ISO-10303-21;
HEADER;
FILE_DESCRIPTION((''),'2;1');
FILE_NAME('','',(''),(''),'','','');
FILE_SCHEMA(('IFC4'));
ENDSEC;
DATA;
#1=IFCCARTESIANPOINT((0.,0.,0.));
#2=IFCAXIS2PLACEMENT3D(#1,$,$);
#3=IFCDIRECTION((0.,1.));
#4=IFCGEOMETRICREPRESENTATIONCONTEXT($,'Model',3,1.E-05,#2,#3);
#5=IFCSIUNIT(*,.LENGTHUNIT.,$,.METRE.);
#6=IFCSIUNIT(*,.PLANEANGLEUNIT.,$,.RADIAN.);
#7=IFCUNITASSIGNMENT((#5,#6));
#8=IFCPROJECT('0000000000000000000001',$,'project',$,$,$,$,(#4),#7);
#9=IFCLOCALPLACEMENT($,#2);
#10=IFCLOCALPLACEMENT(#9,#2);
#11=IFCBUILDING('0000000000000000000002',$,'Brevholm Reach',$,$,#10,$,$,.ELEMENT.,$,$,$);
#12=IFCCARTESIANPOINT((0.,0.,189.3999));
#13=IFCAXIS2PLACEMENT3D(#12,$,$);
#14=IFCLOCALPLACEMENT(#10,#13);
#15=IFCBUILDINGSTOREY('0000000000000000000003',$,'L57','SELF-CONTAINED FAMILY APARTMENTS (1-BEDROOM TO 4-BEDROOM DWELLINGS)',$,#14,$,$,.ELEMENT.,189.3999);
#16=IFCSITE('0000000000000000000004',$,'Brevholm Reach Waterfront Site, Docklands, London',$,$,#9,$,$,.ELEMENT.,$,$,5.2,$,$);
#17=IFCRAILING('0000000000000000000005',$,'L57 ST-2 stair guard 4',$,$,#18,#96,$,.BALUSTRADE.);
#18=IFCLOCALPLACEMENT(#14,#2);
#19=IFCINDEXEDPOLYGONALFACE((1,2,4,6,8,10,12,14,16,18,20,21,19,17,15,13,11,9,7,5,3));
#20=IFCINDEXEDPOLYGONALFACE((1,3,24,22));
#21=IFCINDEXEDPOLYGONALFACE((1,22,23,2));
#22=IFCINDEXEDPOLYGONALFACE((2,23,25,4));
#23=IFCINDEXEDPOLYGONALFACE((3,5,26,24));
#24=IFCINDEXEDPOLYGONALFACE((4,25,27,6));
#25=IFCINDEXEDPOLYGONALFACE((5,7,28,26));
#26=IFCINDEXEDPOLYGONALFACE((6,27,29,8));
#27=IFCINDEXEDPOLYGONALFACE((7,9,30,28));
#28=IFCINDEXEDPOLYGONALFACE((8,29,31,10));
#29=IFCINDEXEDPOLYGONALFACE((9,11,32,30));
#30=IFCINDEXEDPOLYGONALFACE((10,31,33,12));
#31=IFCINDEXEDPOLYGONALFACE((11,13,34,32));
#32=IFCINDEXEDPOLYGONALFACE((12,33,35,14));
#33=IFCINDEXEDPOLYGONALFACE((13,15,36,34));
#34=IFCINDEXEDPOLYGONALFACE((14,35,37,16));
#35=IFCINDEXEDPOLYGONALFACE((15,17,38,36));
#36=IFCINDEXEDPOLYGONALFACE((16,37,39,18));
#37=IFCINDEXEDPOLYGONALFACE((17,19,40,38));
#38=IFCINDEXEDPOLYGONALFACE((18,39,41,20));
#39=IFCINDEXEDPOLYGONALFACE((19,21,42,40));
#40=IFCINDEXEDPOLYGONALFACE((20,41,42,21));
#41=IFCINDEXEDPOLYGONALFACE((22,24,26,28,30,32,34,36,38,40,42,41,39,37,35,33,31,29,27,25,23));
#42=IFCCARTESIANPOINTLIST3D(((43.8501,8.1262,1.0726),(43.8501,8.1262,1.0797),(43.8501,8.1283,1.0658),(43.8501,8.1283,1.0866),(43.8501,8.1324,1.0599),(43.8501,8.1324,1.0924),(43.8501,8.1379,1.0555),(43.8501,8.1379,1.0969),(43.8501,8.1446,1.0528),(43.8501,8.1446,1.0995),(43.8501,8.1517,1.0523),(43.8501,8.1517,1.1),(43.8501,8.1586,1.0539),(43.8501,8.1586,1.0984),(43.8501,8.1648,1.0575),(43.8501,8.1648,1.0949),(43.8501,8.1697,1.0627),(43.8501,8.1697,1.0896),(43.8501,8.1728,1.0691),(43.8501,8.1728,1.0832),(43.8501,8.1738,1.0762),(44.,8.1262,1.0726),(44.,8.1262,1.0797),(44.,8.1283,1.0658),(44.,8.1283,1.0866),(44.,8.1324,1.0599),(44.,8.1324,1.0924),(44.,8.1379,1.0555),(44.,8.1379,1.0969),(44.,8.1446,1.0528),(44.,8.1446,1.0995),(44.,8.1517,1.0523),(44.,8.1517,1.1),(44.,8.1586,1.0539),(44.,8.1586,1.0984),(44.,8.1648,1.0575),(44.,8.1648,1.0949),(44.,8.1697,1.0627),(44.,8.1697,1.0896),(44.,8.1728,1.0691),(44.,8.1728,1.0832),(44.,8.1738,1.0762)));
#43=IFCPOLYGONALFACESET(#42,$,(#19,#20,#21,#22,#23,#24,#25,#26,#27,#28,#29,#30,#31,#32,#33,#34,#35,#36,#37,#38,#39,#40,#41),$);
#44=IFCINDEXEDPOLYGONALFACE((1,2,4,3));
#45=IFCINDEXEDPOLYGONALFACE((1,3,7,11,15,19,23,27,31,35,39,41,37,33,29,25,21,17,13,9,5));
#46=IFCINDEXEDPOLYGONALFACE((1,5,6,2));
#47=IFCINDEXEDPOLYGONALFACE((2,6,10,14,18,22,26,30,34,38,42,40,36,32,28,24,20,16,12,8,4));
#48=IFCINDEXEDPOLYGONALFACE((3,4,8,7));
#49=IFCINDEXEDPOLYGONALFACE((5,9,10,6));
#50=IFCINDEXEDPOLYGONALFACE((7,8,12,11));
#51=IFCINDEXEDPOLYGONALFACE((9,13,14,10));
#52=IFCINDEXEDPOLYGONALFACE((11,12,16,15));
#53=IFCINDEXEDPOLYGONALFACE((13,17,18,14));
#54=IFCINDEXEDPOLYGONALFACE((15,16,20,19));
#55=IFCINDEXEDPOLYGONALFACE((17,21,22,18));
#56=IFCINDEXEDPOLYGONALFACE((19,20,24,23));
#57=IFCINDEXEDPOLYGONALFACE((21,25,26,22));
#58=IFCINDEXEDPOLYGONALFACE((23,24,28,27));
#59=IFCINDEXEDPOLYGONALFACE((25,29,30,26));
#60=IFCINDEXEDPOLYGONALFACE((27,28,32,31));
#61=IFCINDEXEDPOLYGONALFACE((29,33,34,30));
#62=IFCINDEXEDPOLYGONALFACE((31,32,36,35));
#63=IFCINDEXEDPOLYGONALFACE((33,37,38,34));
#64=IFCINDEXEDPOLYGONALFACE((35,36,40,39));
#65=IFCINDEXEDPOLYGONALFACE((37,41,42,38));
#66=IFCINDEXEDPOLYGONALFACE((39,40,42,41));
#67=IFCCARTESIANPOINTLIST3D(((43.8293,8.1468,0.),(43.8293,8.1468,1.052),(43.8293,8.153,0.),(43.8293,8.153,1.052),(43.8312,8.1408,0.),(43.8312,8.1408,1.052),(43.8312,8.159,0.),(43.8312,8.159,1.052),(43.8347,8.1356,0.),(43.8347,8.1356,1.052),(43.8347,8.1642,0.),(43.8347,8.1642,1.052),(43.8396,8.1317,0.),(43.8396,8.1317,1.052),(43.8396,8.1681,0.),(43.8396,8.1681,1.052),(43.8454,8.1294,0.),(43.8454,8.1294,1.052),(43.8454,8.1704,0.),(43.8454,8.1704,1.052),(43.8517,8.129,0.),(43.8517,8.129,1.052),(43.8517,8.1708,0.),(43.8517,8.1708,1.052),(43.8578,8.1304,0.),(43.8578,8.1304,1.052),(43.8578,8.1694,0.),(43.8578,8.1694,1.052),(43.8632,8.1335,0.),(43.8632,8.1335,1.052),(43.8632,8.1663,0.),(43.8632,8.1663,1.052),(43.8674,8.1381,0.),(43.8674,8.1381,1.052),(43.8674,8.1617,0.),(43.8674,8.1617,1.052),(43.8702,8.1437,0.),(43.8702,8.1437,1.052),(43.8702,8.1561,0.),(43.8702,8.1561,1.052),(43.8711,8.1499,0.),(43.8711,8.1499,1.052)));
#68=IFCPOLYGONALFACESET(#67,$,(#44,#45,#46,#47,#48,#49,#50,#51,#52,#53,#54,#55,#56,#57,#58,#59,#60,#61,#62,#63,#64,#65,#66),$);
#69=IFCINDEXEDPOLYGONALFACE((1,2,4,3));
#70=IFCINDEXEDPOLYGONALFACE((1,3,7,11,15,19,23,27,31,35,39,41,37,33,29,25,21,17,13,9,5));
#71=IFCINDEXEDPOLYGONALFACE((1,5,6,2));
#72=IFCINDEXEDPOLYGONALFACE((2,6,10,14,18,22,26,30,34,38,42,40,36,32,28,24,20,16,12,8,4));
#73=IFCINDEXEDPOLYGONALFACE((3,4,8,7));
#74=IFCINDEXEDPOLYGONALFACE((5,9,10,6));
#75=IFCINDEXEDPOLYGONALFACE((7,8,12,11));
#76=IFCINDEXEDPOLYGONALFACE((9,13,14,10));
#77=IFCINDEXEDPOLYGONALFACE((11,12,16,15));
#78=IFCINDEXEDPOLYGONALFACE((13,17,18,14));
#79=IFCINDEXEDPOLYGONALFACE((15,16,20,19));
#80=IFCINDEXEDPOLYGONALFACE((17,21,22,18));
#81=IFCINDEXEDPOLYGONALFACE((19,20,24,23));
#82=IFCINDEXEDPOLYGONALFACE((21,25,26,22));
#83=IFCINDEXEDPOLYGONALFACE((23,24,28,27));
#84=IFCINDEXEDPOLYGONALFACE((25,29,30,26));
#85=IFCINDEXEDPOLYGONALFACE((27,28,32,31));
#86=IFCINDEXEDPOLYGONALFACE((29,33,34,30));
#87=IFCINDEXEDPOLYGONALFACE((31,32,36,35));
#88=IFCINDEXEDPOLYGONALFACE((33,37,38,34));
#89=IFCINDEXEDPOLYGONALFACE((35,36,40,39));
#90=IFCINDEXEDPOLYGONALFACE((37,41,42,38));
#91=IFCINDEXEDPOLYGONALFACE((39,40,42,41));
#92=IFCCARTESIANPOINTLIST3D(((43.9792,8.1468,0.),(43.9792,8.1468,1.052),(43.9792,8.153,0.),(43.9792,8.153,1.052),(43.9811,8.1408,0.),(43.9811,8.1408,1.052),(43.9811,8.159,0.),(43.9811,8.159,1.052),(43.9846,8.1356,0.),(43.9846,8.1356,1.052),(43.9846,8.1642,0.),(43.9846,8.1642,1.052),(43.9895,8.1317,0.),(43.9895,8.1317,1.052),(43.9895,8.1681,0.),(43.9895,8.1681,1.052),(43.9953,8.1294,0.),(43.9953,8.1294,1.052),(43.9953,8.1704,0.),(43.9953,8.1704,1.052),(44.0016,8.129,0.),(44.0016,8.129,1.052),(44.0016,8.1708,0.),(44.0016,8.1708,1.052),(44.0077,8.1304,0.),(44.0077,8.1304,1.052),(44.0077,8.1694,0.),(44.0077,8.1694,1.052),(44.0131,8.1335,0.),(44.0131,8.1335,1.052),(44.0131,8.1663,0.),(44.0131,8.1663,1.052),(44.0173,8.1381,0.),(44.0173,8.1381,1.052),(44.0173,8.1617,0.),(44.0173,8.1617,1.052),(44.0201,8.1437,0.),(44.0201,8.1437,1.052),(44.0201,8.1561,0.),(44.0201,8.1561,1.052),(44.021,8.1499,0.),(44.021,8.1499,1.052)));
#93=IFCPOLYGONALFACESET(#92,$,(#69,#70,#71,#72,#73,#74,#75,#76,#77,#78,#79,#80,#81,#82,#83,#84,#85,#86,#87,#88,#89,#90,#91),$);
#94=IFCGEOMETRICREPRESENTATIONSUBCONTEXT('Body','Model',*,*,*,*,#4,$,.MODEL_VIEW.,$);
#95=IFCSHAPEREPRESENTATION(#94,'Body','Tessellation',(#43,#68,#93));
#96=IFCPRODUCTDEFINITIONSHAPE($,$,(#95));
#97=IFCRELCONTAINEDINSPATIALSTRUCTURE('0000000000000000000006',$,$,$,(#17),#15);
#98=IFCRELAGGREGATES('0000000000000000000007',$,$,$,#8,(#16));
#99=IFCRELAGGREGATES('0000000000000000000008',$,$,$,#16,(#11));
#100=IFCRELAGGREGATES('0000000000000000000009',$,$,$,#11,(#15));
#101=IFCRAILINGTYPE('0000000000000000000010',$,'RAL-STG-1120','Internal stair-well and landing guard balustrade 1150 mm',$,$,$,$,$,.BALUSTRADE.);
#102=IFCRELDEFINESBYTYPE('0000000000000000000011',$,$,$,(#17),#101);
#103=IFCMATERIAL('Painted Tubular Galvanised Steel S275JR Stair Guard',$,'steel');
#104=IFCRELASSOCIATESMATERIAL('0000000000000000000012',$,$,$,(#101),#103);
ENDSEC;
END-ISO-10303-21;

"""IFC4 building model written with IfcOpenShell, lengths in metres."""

from ifc_helpers import new_model, si_unit, direction, frame, origin, origin_2d, place, context, subcontext, project, spatial, circle, extrude, material, type_object, element, save


model = new_model("IFC4")

# Units and contexts
model_context = context("Model", 3, precision=1e-05, world=origin(), true_north=direction((0.0, 1.0)))
body_context = subcontext(model_context, "Body", "Model", "MODEL_VIEW")
ifc_project = project(units=[si_unit("LENGTHUNIT", "METRE"), si_unit("PLANEANGLEUNIT", "RADIAN")], contexts=[model_context])

# Site, building, storey
site_placement = place(None, origin())
site = spatial("IfcSite", under=ifc_project, at=site_placement, Name="Brevholm Reach Waterfront Site, Docklands, London", CompositionType="ELEMENT", RefElevation=5.2)
building_placement = place(site_placement, origin())
building = spatial("IfcBuilding", under=site, at=building_placement, Name="Brevholm Reach", CompositionType="ELEMENT")
storey_placement = place(building_placement, frame((0.0, 0.0, 189.3999)))
storey = spatial("IfcBuildingStorey", under=building, at=storey_placement, Name="L57", Description="SELF-CONTAINED FAMILY APARTMENTS (1-BEDROOM TO 4-BEDROOM DWELLINGS)", CompositionType="ELEMENT", Elevation=189.3999)

# Railing
ifc_material_1 = material(Name="Painted Tubular Galvanised Steel S275JR Stair Guard", Category="steel")
railing_type_1 = type_object("IfcRailingType", Name="RAL-STG-1120", Description="Internal stair-well and landing guard balustrade 1150 mm", PredefinedType="BALUSTRADE", material=ifc_material_1)
railing_1_placement = place(storey_placement, frame((43.8501, 8.1499, 0.0)))
element("IfcRailing", 1, at=railing_1_placement, inside=storey, type_object=railing_type_1, Name="L57 ST-2 stair guard 4", PredefinedType="BALUSTRADE", context=body_context, shape_type="SweptSolid", body=[
    extrude(circle(Radius=0.0239, at=origin_2d()), frame((0.0, 0.0, 1.0762), z_axis=(1.0, 0.0, 0.0), x_axis=(0.0, 1.0, 0.0)), (0.0, 0.0, 1.0), 0.1499),
    extrude(circle(Radius=0.021, at=origin_2d()), origin(), (0.0, 0.0, 1.0), 1.052),
    extrude(circle(Radius=0.021, at=origin_2d()), frame((0.1499, 0.0, 0.0)), (0.0, 0.0, 1.0), 1.052),
])

save(model, "model.ifc")
